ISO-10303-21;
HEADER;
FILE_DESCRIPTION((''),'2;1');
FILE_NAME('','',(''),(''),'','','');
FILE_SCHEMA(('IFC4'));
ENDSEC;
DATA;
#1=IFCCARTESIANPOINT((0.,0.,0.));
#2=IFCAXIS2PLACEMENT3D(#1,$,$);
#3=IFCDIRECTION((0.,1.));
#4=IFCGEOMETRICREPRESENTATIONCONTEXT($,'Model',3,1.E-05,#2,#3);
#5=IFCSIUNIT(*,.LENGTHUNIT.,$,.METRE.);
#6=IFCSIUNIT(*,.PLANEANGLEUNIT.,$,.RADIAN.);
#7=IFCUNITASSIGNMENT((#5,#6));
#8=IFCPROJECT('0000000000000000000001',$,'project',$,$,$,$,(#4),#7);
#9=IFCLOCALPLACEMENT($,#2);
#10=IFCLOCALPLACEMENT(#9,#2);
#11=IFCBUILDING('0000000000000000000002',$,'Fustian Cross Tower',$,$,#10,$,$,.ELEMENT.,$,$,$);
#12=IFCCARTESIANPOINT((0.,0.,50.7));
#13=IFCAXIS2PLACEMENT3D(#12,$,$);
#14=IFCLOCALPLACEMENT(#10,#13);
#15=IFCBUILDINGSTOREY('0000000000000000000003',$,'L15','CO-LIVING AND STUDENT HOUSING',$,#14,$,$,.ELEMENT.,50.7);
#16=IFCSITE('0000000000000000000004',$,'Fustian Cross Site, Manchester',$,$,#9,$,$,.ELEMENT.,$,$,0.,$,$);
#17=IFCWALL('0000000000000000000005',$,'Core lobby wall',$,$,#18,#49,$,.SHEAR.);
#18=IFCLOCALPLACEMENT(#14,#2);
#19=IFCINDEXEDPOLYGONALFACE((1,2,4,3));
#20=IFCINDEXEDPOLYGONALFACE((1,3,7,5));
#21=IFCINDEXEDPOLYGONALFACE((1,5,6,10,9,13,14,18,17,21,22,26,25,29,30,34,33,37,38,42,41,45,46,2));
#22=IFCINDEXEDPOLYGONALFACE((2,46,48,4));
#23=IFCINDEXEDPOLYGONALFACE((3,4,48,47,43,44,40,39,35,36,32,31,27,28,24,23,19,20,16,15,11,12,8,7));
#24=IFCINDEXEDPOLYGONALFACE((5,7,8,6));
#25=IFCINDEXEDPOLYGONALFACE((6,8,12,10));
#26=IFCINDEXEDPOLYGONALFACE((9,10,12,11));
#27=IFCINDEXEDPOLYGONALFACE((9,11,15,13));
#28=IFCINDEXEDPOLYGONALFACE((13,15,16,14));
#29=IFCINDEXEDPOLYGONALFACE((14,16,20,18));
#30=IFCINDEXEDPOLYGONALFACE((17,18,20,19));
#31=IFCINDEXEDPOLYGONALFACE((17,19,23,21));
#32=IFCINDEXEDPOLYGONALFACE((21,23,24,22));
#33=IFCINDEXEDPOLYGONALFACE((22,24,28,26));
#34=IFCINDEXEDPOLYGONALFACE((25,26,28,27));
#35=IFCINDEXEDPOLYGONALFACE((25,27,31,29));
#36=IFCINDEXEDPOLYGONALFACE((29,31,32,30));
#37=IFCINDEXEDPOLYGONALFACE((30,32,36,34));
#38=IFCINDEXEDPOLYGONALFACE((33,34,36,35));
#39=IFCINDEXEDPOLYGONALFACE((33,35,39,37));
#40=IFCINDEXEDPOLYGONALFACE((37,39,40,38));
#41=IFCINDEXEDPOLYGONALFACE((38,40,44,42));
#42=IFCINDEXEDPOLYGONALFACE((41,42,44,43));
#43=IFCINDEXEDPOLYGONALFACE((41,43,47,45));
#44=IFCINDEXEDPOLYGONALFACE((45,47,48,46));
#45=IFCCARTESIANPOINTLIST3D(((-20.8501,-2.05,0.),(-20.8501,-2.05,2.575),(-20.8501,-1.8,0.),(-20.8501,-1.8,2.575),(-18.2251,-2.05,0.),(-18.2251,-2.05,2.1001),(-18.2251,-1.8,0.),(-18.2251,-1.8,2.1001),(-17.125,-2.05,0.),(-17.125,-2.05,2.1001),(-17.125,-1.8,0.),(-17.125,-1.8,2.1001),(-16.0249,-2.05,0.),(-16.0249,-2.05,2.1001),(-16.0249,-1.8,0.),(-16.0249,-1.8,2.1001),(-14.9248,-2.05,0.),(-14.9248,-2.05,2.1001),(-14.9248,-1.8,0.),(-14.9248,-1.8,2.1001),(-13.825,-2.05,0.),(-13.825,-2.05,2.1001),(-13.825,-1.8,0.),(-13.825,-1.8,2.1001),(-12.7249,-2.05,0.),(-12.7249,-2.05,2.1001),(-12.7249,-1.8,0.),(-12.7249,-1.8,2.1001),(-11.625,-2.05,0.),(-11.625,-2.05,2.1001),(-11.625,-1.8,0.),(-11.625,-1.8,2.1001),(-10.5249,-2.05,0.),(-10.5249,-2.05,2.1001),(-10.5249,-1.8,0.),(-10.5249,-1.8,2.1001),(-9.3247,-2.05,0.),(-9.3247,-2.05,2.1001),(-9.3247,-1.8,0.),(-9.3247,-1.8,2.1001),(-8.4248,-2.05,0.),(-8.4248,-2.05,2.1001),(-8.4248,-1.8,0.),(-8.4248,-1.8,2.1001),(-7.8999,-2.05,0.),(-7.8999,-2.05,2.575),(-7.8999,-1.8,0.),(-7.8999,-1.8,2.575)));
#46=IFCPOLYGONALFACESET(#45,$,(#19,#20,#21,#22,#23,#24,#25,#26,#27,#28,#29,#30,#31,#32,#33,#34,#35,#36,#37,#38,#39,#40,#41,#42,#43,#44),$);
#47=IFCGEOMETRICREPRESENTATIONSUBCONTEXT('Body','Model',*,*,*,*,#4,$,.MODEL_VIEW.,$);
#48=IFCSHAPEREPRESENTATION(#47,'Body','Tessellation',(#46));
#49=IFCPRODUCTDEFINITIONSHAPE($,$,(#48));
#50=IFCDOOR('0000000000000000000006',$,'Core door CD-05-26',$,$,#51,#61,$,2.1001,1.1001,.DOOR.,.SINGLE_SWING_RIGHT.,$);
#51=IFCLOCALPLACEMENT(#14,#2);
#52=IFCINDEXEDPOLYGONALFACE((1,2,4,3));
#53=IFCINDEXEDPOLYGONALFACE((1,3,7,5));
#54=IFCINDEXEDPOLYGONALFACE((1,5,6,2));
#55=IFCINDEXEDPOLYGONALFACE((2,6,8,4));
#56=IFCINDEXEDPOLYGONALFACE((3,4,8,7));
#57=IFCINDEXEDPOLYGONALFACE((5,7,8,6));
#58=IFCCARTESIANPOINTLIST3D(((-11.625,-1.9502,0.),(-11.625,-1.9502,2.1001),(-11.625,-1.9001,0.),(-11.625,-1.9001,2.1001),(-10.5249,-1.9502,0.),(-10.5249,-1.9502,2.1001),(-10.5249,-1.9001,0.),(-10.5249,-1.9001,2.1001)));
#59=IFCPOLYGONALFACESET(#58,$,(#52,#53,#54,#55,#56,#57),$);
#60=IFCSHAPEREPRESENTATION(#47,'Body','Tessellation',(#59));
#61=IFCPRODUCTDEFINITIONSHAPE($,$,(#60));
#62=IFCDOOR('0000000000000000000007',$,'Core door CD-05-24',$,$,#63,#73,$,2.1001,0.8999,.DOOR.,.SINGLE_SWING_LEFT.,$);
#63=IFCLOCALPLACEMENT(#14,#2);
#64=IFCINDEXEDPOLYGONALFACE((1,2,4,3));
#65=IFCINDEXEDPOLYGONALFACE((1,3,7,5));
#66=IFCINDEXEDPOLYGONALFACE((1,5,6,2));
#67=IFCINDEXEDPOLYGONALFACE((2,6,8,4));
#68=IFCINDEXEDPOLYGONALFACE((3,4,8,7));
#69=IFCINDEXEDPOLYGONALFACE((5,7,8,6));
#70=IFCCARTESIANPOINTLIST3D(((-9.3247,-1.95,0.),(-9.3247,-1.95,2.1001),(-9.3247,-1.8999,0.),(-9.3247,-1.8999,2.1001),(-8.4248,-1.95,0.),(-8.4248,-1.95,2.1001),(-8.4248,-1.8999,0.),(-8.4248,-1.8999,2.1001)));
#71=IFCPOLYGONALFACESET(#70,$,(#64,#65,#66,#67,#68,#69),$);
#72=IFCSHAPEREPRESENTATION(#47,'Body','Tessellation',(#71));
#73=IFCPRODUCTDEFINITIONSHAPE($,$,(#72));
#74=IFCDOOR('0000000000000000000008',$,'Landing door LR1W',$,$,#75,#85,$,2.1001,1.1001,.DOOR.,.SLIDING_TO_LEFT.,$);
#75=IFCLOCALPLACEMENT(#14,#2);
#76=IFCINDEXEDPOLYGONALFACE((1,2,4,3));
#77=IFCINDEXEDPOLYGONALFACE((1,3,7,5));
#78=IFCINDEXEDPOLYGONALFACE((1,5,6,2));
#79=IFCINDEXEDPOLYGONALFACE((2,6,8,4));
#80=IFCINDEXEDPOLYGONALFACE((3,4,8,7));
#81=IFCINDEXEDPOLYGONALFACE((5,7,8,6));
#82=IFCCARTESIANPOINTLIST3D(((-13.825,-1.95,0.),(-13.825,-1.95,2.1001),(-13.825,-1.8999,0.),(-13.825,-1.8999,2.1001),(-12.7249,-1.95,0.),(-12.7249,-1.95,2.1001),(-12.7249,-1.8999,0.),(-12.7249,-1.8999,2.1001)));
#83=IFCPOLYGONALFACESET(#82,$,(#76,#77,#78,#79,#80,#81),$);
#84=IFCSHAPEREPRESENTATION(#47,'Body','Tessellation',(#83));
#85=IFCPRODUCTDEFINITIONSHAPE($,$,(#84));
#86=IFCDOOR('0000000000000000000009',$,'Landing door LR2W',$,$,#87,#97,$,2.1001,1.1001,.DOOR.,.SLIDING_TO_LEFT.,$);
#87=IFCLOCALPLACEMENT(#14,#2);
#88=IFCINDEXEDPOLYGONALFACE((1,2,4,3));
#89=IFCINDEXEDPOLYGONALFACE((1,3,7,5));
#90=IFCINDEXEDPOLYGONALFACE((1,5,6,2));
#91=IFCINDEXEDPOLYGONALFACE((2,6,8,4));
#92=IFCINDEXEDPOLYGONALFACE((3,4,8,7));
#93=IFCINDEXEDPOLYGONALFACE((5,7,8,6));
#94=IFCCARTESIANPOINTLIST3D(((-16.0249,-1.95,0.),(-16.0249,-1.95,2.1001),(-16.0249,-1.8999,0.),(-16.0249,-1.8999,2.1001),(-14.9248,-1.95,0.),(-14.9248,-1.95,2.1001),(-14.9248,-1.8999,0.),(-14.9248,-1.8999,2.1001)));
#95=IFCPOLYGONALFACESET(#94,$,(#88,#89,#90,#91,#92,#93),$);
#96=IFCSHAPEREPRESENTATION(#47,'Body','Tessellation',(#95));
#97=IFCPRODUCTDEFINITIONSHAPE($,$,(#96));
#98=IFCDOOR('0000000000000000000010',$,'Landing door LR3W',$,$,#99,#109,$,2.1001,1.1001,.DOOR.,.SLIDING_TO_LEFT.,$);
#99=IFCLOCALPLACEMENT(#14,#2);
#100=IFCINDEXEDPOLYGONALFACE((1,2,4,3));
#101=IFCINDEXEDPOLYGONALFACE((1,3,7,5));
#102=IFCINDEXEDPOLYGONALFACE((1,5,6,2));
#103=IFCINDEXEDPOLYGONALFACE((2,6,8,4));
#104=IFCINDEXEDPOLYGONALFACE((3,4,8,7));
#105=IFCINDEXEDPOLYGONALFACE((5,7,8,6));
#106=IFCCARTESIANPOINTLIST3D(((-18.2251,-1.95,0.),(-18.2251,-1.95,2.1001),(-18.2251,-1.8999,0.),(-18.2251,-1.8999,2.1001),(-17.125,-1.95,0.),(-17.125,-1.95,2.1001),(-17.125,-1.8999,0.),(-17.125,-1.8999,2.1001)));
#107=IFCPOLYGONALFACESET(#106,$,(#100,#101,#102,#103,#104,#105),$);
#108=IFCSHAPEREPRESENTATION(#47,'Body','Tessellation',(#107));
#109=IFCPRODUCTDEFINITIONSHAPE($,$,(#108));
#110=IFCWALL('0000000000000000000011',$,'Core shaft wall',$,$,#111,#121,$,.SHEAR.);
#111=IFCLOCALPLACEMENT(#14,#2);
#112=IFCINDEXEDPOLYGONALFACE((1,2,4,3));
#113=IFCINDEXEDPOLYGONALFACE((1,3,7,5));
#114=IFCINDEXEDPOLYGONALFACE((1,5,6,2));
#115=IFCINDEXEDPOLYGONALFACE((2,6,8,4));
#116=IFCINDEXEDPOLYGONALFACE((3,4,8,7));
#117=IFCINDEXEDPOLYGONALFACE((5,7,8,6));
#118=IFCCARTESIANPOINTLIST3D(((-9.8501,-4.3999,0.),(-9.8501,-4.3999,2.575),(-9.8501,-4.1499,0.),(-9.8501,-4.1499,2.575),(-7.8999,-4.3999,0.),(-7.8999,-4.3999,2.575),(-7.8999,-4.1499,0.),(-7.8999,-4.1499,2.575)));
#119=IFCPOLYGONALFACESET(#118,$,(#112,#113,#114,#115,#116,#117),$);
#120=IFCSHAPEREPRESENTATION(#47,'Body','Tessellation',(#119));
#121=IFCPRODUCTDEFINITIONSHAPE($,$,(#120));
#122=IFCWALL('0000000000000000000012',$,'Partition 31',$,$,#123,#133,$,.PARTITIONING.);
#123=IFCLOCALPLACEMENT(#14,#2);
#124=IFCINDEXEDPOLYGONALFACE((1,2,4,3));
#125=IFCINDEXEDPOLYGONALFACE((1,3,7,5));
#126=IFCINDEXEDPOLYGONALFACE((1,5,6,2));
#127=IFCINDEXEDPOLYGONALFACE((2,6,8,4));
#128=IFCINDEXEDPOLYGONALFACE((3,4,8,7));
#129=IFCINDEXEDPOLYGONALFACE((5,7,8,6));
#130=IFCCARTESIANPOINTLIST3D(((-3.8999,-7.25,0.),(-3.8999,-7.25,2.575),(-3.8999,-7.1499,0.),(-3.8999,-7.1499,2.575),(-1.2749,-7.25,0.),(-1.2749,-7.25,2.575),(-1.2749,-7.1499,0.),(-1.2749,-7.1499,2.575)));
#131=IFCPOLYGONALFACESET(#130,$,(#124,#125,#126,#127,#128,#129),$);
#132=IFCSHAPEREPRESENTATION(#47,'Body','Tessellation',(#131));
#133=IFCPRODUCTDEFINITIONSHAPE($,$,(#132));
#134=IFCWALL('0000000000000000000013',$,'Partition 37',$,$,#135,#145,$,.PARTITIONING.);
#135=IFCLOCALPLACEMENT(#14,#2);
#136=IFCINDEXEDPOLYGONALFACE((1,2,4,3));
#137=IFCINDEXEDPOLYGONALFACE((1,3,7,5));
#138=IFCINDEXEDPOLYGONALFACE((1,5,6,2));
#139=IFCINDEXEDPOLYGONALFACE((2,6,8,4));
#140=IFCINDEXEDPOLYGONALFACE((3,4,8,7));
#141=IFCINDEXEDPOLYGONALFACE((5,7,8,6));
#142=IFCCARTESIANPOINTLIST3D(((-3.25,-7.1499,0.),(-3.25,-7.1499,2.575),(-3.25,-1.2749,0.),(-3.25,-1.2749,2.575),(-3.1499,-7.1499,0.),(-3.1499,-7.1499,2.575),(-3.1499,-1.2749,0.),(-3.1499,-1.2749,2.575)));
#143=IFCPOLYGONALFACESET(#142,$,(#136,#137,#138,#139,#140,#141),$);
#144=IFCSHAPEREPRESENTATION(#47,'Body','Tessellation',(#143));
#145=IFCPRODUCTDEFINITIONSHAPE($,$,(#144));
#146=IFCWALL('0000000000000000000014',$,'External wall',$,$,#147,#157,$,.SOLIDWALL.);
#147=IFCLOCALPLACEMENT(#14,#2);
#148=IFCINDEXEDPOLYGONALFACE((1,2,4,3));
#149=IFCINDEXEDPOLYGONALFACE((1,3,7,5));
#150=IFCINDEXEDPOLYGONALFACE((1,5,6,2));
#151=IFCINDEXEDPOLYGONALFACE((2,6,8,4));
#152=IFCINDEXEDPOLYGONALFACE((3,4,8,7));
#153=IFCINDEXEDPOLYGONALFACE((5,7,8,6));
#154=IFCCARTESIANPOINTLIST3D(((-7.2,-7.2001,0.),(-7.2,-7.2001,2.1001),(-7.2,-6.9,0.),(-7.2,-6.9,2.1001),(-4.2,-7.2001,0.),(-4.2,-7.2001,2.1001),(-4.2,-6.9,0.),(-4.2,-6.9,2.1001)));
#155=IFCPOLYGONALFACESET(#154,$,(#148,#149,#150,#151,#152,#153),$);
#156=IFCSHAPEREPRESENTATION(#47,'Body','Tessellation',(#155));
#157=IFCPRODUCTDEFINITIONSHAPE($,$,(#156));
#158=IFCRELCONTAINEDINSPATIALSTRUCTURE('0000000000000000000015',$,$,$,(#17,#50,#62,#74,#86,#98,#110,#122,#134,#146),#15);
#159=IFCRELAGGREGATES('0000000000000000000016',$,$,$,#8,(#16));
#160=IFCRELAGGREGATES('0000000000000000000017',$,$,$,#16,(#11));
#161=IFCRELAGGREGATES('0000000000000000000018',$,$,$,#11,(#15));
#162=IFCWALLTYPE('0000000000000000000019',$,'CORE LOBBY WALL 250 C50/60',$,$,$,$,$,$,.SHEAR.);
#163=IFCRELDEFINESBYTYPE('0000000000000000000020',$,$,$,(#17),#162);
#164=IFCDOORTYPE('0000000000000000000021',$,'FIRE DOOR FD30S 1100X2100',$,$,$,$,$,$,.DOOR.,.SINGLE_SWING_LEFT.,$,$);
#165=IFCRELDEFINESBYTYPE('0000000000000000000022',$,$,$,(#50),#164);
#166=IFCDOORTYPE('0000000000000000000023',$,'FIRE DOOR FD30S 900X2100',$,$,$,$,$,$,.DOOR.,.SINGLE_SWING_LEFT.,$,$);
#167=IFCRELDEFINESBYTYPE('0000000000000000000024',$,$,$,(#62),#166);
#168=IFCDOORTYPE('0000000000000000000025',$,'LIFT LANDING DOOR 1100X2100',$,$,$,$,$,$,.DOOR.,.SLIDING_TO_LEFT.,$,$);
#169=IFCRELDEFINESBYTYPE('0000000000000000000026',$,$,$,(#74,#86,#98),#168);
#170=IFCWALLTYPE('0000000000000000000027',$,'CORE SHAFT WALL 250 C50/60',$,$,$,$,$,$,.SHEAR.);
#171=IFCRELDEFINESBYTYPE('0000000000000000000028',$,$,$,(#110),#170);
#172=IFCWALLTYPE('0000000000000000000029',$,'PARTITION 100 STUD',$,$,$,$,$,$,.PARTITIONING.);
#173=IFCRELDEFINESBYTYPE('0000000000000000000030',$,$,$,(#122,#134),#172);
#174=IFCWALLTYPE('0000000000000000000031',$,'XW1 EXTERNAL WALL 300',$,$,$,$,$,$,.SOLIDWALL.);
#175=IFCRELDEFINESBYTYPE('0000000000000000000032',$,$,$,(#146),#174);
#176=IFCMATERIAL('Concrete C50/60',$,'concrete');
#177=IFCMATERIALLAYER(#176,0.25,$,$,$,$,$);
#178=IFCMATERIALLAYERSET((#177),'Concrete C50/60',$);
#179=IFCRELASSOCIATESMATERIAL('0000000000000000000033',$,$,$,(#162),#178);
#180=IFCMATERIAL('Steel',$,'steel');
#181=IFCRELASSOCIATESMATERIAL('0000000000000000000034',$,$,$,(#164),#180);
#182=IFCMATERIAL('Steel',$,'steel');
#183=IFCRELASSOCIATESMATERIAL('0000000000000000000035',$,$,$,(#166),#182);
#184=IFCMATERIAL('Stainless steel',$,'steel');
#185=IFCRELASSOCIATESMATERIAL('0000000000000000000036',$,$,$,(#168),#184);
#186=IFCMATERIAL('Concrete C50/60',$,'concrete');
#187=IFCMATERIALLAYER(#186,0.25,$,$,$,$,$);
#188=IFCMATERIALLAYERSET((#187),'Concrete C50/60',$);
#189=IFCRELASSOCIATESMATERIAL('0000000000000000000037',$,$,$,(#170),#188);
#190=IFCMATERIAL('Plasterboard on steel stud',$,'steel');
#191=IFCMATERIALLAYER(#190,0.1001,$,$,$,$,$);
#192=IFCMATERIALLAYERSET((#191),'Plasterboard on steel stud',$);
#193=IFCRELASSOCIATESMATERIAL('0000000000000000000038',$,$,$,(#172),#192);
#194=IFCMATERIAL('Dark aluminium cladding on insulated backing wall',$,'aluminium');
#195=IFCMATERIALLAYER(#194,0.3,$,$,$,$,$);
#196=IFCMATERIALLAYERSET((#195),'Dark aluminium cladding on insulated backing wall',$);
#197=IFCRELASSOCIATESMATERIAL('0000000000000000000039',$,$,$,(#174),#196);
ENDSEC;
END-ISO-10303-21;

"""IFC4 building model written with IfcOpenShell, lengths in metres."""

from ifc_helpers import new_model, si_unit, direction, frame, frame_2d, origin, place, context, subcontext, project, spatial, rectangle, extrude, material, layer, layer_set, type_object, element, fill, save


model = new_model("IFC4")

# Units and contexts
model_context = context("Model", 3, precision=1e-05, world=origin(), true_north=direction((0.0, 1.0)))
body_context = subcontext(model_context, "Body", "Model", "MODEL_VIEW")
ifc_project = project(units=[si_unit("LENGTHUNIT", "METRE"), si_unit("PLANEANGLEUNIT", "RADIAN")], contexts=[model_context])

# Site, building, storey
site_placement = place(None, origin())
site = spatial("IfcSite", under=ifc_project, at=site_placement, Name="Fustian Cross Site, Manchester", CompositionType="ELEMENT", RefElevation=0.0)
building_placement = place(site_placement, origin())
building = spatial("IfcBuilding", under=site, at=building_placement, Name="Fustian Cross Tower", CompositionType="ELEMENT")
storey_placement = place(building_placement, frame((0.0, 0.0, 50.7)))
storey = spatial("IfcBuildingStorey", under=building, at=storey_placement, Name="L15", Description="CO-LIVING AND STUDENT HOUSING", CompositionType="ELEMENT", Elevation=50.7)

# Wall, openings, doors
ifc_material_1 = material(Name="Concrete C50/60", Category="concrete")
ifc_layer_1 = layer(ifc_material_1, 0.25)
ifc_layer_set_1 = layer_set([ifc_layer_1], Name="Concrete C50/60")
wall_type_1 = type_object("IfcWallType", Name="CORE LOBBY WALL 250 C50/60", PredefinedType="SHEAR", material=ifc_layer_set_1)
wall_1_placement = place(storey_placement, frame((-7.8999, -1.925, 0.0), z_axis=(0.0, 0.0, 1.0), x_axis=(-1.0, 0.0, 0.0)))
wall_1 = element("IfcWall", 1, at=wall_1_placement, inside=storey, type_object=wall_type_1, Name="Core lobby wall", PredefinedType="SHEAR", context=body_context, shape_type="SweptSolid", body=[
    extrude(rectangle(XDim=12.9502, YDim=0.25, at=frame_2d((6.4751, 0.0))), origin(), (0.0, 0.0, 1.0), 2.575),
])
opening_1_placement = place(wall_1_placement, frame((4.825, 0.0, 0.0)))
opening_1 = element("IfcOpeningElement", 2, at=opening_1_placement, cuts=wall_1, PredefinedType="OPENING", context=body_context, shape_type="SweptSolid", body=[
    extrude(rectangle(XDim=1.1001, YDim=2.1001, at=frame_2d((0.55, 1.05))), frame((0.0, 0.135, 0.0), z_axis=(0.0, -1.0, 0.0), x_axis=(1.0, 0.0, 0.0)), (0.0, 0.0, 1.0), 0.27),
])
opening_2_placement = place(wall_1_placement, frame((7.0249, 0.0, 0.0)))
opening_2 = element("IfcOpeningElement", 3, at=opening_2_placement, cuts=wall_1, PredefinedType="OPENING", context=body_context, shape_type="SweptSolid", body=[
    extrude(rectangle(XDim=1.1001, YDim=2.1001, at=frame_2d((0.55, 1.05))), frame((0.0, 0.135, 0.0), z_axis=(0.0, -1.0, 0.0), x_axis=(1.0, 0.0, 0.0)), (0.0, 0.0, 1.0), 0.27),
])
opening_3_placement = place(wall_1_placement, frame((9.2251, 0.0, 0.0)))
opening_3 = element("IfcOpeningElement", 4, at=opening_3_placement, cuts=wall_1, PredefinedType="OPENING", context=body_context, shape_type="SweptSolid", body=[
    extrude(rectangle(XDim=1.1001, YDim=2.1001, at=frame_2d((0.55, 1.05))), frame((0.0, 0.135, 0.0), z_axis=(0.0, -1.0, 0.0), x_axis=(1.0, 0.0, 0.0)), (0.0, 0.0, 1.0), 0.27),
])
opening_4_placement = place(wall_1_placement, frame((0.5249, 0.0, 0.0)))
opening_4 = element("IfcOpeningElement", 5, at=opening_4_placement, cuts=wall_1, PredefinedType="OPENING", context=body_context, shape_type="SweptSolid", body=[
    extrude(rectangle(XDim=0.8999, YDim=2.1001, at=frame_2d((0.45, 1.05))), frame((0.0, 0.135, 0.0), z_axis=(0.0, -1.0, 0.0), x_axis=(1.0, 0.0, 0.0)), (0.0, 0.0, 1.0), 0.27),
])
opening_5_placement = place(wall_1_placement, frame((2.625, 0.0, 0.0)))
opening_5 = element("IfcOpeningElement", 6, at=opening_5_placement, cuts=wall_1, PredefinedType="OPENING", context=body_context, shape_type="SweptSolid", body=[
    extrude(rectangle(XDim=1.1001, YDim=2.1001, at=frame_2d((0.55, 1.05))), frame((0.0, 0.135, 0.0), z_axis=(0.0, -1.0, 0.0), x_axis=(1.0, 0.0, 0.0)), (0.0, 0.0, 1.0), 0.27),
])
ifc_material_2 = material(Name="Steel", Category="steel")
door_type_1 = type_object("IfcDoorType", Name="FIRE DOOR FD30S 1100X2100", OperationType="SINGLE_SWING_LEFT", PredefinedType="DOOR", material=ifc_material_2)
door_1_placement = place(opening_5_placement, frame((1.1001, 0.0, 0.0), z_axis=(0.0, 0.0, 1.0), x_axis=(-1.0, 0.0, 0.0)))
door_1 = element("IfcDoor", 7, at=door_1_placement, inside=storey, type_object=door_type_1, Name="Core door CD-05-26", OperationType="SINGLE_SWING_RIGHT", OverallHeight=2.1001, OverallWidth=1.1001, PredefinedType="DOOR", context=body_context, shape_type="SweptSolid", body=[
    extrude(rectangle(XDim=1.1001, YDim=2.1001, at=frame_2d((0.55, 1.05))), frame((0.0, 0.0249, 0.0), z_axis=(0.0, -1.0, 0.0), x_axis=(1.0, 0.0, 0.0)), (0.0, 0.0, 1.0), 0.05),
])
fill(opening_5, door_1)
ifc_material_3 = material(Name="Steel", Category="steel")
door_type_2 = type_object("IfcDoorType", Name="FIRE DOOR FD30S 900X2100", OperationType="SINGLE_SWING_LEFT", PredefinedType="DOOR", material=ifc_material_3)
door_2_placement = place(opening_4_placement, origin())
door_2 = element("IfcDoor", 8, at=door_2_placement, inside=storey, type_object=door_type_2, Name="Core door CD-05-24", OperationType="SINGLE_SWING_LEFT", OverallHeight=2.1001, OverallWidth=0.8999, PredefinedType="DOOR", context=body_context, shape_type="SweptSolid", body=[
    extrude(rectangle(XDim=0.8999, YDim=2.1001, at=frame_2d((0.45, 1.05))), frame((0.0, 0.0249, 0.0), z_axis=(0.0, -1.0, 0.0), x_axis=(1.0, 0.0, 0.0)), (0.0, 0.0, 1.0), 0.05),
])
fill(opening_4, door_2)
ifc_material_4 = material(Name="Stainless steel", Category="steel")
door_type_3 = type_object("IfcDoorType", Name="LIFT LANDING DOOR 1100X2100", OperationType="SLIDING_TO_LEFT", PredefinedType="DOOR", material=ifc_material_4)
door_3_placement = place(opening_1_placement, origin())
door_3 = element("IfcDoor", 9, at=door_3_placement, inside=storey, type_object=door_type_3, Name="Landing door LR1W", OperationType="SLIDING_TO_LEFT", OverallHeight=2.1001, OverallWidth=1.1001, PredefinedType="DOOR", context=body_context, shape_type="SweptSolid", body=[
    extrude(rectangle(XDim=1.1001, YDim=2.1001, at=frame_2d((0.55, 1.05))), frame((0.0, 0.0249, 0.0), z_axis=(0.0, -1.0, 0.0), x_axis=(1.0, 0.0, 0.0)), (0.0, 0.0, 1.0), 0.05),
])
fill(opening_1, door_3)
door_4_placement = place(opening_2_placement, origin())
door_4 = element("IfcDoor", 10, at=door_4_placement, inside=storey, type_object=door_type_3, Name="Landing door LR2W", OperationType="SLIDING_TO_LEFT", OverallHeight=2.1001, OverallWidth=1.1001, PredefinedType="DOOR", context=body_context, shape_type="SweptSolid", body=[
    extrude(rectangle(XDim=1.1001, YDim=2.1001, at=frame_2d((0.55, 1.05))), frame((0.0, 0.0249, 0.0), z_axis=(0.0, -1.0, 0.0), x_axis=(1.0, 0.0, 0.0)), (0.0, 0.0, 1.0), 0.05),
])
fill(opening_2, door_4)
door_5_placement = place(opening_3_placement, origin())
door_5 = element("IfcDoor", 11, at=door_5_placement, inside=storey, type_object=door_type_3, Name="Landing door LR3W", OperationType="SLIDING_TO_LEFT", OverallHeight=2.1001, OverallWidth=1.1001, PredefinedType="DOOR", context=body_context, shape_type="SweptSolid", body=[
    extrude(rectangle(XDim=1.1001, YDim=2.1001, at=frame_2d((0.55, 1.05))), frame((0.0, 0.0249, 0.0), z_axis=(0.0, -1.0, 0.0), x_axis=(1.0, 0.0, 0.0)), (0.0, 0.0, 1.0), 0.05),
])
fill(opening_3, door_5)

# Walls
ifc_material_5 = material(Name="Concrete C50/60", Category="concrete")
ifc_layer_2 = layer(ifc_material_5, 0.25)
ifc_layer_set_2 = layer_set([ifc_layer_2], Name="Concrete C50/60")
wall_type_2 = type_object("IfcWallType", Name="CORE SHAFT WALL 250 C50/60", PredefinedType="SHEAR", material=ifc_layer_set_2)
wall_2_placement = place(storey_placement, frame((-7.8999, -4.2749, 0.0), z_axis=(0.0, 0.0, 1.0), x_axis=(-1.0, 0.0, 0.0)))
element("IfcWall", 12, at=wall_2_placement, inside=storey, type_object=wall_type_2, Name="Core shaft wall", PredefinedType="SHEAR", context=body_context, shape_type="SweptSolid", body=[
    extrude(rectangle(XDim=1.9502, YDim=0.25, at=frame_2d((0.9751, 0.0))), origin(), (0.0, 0.0, 1.0), 2.575),
])
ifc_material_6 = material(Name="Plasterboard on steel stud", Category="steel")
ifc_layer_3 = layer(ifc_material_6, 0.1001)
ifc_layer_set_3 = layer_set([ifc_layer_3], Name="Plasterboard on steel stud")
wall_type_3 = type_object("IfcWallType", Name="PARTITION 100 STUD", PredefinedType="PARTITIONING", material=ifc_layer_set_3)
wall_3_placement = place(storey_placement, frame((-3.8999, -7.2, 0.0), z_axis=(0.0, 0.0, 1.0), x_axis=(1.0, 0.0, 0.0)))
element("IfcWall", 13, at=wall_3_placement, inside=storey, type_object=wall_type_3, Name="Partition 31", PredefinedType="PARTITIONING", context=body_context, shape_type="SweptSolid", body=[
    extrude(rectangle(XDim=2.625, YDim=0.1001, at=frame_2d((1.3125, 0.0))), origin(), (0.0, 0.0, 1.0), 2.575),
])
wall_4_placement = place(storey_placement, frame((-3.2, -7.1499, 0.0), z_axis=(0.0, 0.0, 1.0), x_axis=(0.0, 1.0, 0.0)))
element("IfcWall", 14, at=wall_4_placement, inside=storey, type_object=wall_type_3, Name="Partition 37", PredefinedType="PARTITIONING", context=body_context, shape_type="SweptSolid", body=[
    extrude(rectangle(XDim=5.875, YDim=0.1001, at=frame_2d((2.9375, 0.0))), origin(), (0.0, 0.0, 1.0), 2.575),
])
ifc_material_7 = material(Name="Dark aluminium cladding on insulated backing wall", Category="aluminium")
ifc_layer_4 = layer(ifc_material_7, 0.3)
ifc_layer_set_4 = layer_set([ifc_layer_4], Name="Dark aluminium cladding on insulated backing wall")
wall_type_4 = type_object("IfcWallType", Name="XW1 EXTERNAL WALL 300", PredefinedType="SOLIDWALL", material=ifc_layer_set_4)
wall_5_placement = place(storey_placement, frame((-7.2, -7.05, 0.0), z_axis=(0.0, 0.0, 1.0), x_axis=(1.0, 0.0, 0.0)))
element("IfcWall", 15, at=wall_5_placement, inside=storey, type_object=wall_type_4, Name="External wall", PredefinedType="SOLIDWALL", context=body_context, shape_type="SweptSolid", body=[
    extrude(rectangle(XDim=3.0, YDim=0.3, at=frame_2d((1.5, 0.0))), origin(), (0.0, 0.0, 1.0), 2.1001),
])

save(model, "model.ifc")
